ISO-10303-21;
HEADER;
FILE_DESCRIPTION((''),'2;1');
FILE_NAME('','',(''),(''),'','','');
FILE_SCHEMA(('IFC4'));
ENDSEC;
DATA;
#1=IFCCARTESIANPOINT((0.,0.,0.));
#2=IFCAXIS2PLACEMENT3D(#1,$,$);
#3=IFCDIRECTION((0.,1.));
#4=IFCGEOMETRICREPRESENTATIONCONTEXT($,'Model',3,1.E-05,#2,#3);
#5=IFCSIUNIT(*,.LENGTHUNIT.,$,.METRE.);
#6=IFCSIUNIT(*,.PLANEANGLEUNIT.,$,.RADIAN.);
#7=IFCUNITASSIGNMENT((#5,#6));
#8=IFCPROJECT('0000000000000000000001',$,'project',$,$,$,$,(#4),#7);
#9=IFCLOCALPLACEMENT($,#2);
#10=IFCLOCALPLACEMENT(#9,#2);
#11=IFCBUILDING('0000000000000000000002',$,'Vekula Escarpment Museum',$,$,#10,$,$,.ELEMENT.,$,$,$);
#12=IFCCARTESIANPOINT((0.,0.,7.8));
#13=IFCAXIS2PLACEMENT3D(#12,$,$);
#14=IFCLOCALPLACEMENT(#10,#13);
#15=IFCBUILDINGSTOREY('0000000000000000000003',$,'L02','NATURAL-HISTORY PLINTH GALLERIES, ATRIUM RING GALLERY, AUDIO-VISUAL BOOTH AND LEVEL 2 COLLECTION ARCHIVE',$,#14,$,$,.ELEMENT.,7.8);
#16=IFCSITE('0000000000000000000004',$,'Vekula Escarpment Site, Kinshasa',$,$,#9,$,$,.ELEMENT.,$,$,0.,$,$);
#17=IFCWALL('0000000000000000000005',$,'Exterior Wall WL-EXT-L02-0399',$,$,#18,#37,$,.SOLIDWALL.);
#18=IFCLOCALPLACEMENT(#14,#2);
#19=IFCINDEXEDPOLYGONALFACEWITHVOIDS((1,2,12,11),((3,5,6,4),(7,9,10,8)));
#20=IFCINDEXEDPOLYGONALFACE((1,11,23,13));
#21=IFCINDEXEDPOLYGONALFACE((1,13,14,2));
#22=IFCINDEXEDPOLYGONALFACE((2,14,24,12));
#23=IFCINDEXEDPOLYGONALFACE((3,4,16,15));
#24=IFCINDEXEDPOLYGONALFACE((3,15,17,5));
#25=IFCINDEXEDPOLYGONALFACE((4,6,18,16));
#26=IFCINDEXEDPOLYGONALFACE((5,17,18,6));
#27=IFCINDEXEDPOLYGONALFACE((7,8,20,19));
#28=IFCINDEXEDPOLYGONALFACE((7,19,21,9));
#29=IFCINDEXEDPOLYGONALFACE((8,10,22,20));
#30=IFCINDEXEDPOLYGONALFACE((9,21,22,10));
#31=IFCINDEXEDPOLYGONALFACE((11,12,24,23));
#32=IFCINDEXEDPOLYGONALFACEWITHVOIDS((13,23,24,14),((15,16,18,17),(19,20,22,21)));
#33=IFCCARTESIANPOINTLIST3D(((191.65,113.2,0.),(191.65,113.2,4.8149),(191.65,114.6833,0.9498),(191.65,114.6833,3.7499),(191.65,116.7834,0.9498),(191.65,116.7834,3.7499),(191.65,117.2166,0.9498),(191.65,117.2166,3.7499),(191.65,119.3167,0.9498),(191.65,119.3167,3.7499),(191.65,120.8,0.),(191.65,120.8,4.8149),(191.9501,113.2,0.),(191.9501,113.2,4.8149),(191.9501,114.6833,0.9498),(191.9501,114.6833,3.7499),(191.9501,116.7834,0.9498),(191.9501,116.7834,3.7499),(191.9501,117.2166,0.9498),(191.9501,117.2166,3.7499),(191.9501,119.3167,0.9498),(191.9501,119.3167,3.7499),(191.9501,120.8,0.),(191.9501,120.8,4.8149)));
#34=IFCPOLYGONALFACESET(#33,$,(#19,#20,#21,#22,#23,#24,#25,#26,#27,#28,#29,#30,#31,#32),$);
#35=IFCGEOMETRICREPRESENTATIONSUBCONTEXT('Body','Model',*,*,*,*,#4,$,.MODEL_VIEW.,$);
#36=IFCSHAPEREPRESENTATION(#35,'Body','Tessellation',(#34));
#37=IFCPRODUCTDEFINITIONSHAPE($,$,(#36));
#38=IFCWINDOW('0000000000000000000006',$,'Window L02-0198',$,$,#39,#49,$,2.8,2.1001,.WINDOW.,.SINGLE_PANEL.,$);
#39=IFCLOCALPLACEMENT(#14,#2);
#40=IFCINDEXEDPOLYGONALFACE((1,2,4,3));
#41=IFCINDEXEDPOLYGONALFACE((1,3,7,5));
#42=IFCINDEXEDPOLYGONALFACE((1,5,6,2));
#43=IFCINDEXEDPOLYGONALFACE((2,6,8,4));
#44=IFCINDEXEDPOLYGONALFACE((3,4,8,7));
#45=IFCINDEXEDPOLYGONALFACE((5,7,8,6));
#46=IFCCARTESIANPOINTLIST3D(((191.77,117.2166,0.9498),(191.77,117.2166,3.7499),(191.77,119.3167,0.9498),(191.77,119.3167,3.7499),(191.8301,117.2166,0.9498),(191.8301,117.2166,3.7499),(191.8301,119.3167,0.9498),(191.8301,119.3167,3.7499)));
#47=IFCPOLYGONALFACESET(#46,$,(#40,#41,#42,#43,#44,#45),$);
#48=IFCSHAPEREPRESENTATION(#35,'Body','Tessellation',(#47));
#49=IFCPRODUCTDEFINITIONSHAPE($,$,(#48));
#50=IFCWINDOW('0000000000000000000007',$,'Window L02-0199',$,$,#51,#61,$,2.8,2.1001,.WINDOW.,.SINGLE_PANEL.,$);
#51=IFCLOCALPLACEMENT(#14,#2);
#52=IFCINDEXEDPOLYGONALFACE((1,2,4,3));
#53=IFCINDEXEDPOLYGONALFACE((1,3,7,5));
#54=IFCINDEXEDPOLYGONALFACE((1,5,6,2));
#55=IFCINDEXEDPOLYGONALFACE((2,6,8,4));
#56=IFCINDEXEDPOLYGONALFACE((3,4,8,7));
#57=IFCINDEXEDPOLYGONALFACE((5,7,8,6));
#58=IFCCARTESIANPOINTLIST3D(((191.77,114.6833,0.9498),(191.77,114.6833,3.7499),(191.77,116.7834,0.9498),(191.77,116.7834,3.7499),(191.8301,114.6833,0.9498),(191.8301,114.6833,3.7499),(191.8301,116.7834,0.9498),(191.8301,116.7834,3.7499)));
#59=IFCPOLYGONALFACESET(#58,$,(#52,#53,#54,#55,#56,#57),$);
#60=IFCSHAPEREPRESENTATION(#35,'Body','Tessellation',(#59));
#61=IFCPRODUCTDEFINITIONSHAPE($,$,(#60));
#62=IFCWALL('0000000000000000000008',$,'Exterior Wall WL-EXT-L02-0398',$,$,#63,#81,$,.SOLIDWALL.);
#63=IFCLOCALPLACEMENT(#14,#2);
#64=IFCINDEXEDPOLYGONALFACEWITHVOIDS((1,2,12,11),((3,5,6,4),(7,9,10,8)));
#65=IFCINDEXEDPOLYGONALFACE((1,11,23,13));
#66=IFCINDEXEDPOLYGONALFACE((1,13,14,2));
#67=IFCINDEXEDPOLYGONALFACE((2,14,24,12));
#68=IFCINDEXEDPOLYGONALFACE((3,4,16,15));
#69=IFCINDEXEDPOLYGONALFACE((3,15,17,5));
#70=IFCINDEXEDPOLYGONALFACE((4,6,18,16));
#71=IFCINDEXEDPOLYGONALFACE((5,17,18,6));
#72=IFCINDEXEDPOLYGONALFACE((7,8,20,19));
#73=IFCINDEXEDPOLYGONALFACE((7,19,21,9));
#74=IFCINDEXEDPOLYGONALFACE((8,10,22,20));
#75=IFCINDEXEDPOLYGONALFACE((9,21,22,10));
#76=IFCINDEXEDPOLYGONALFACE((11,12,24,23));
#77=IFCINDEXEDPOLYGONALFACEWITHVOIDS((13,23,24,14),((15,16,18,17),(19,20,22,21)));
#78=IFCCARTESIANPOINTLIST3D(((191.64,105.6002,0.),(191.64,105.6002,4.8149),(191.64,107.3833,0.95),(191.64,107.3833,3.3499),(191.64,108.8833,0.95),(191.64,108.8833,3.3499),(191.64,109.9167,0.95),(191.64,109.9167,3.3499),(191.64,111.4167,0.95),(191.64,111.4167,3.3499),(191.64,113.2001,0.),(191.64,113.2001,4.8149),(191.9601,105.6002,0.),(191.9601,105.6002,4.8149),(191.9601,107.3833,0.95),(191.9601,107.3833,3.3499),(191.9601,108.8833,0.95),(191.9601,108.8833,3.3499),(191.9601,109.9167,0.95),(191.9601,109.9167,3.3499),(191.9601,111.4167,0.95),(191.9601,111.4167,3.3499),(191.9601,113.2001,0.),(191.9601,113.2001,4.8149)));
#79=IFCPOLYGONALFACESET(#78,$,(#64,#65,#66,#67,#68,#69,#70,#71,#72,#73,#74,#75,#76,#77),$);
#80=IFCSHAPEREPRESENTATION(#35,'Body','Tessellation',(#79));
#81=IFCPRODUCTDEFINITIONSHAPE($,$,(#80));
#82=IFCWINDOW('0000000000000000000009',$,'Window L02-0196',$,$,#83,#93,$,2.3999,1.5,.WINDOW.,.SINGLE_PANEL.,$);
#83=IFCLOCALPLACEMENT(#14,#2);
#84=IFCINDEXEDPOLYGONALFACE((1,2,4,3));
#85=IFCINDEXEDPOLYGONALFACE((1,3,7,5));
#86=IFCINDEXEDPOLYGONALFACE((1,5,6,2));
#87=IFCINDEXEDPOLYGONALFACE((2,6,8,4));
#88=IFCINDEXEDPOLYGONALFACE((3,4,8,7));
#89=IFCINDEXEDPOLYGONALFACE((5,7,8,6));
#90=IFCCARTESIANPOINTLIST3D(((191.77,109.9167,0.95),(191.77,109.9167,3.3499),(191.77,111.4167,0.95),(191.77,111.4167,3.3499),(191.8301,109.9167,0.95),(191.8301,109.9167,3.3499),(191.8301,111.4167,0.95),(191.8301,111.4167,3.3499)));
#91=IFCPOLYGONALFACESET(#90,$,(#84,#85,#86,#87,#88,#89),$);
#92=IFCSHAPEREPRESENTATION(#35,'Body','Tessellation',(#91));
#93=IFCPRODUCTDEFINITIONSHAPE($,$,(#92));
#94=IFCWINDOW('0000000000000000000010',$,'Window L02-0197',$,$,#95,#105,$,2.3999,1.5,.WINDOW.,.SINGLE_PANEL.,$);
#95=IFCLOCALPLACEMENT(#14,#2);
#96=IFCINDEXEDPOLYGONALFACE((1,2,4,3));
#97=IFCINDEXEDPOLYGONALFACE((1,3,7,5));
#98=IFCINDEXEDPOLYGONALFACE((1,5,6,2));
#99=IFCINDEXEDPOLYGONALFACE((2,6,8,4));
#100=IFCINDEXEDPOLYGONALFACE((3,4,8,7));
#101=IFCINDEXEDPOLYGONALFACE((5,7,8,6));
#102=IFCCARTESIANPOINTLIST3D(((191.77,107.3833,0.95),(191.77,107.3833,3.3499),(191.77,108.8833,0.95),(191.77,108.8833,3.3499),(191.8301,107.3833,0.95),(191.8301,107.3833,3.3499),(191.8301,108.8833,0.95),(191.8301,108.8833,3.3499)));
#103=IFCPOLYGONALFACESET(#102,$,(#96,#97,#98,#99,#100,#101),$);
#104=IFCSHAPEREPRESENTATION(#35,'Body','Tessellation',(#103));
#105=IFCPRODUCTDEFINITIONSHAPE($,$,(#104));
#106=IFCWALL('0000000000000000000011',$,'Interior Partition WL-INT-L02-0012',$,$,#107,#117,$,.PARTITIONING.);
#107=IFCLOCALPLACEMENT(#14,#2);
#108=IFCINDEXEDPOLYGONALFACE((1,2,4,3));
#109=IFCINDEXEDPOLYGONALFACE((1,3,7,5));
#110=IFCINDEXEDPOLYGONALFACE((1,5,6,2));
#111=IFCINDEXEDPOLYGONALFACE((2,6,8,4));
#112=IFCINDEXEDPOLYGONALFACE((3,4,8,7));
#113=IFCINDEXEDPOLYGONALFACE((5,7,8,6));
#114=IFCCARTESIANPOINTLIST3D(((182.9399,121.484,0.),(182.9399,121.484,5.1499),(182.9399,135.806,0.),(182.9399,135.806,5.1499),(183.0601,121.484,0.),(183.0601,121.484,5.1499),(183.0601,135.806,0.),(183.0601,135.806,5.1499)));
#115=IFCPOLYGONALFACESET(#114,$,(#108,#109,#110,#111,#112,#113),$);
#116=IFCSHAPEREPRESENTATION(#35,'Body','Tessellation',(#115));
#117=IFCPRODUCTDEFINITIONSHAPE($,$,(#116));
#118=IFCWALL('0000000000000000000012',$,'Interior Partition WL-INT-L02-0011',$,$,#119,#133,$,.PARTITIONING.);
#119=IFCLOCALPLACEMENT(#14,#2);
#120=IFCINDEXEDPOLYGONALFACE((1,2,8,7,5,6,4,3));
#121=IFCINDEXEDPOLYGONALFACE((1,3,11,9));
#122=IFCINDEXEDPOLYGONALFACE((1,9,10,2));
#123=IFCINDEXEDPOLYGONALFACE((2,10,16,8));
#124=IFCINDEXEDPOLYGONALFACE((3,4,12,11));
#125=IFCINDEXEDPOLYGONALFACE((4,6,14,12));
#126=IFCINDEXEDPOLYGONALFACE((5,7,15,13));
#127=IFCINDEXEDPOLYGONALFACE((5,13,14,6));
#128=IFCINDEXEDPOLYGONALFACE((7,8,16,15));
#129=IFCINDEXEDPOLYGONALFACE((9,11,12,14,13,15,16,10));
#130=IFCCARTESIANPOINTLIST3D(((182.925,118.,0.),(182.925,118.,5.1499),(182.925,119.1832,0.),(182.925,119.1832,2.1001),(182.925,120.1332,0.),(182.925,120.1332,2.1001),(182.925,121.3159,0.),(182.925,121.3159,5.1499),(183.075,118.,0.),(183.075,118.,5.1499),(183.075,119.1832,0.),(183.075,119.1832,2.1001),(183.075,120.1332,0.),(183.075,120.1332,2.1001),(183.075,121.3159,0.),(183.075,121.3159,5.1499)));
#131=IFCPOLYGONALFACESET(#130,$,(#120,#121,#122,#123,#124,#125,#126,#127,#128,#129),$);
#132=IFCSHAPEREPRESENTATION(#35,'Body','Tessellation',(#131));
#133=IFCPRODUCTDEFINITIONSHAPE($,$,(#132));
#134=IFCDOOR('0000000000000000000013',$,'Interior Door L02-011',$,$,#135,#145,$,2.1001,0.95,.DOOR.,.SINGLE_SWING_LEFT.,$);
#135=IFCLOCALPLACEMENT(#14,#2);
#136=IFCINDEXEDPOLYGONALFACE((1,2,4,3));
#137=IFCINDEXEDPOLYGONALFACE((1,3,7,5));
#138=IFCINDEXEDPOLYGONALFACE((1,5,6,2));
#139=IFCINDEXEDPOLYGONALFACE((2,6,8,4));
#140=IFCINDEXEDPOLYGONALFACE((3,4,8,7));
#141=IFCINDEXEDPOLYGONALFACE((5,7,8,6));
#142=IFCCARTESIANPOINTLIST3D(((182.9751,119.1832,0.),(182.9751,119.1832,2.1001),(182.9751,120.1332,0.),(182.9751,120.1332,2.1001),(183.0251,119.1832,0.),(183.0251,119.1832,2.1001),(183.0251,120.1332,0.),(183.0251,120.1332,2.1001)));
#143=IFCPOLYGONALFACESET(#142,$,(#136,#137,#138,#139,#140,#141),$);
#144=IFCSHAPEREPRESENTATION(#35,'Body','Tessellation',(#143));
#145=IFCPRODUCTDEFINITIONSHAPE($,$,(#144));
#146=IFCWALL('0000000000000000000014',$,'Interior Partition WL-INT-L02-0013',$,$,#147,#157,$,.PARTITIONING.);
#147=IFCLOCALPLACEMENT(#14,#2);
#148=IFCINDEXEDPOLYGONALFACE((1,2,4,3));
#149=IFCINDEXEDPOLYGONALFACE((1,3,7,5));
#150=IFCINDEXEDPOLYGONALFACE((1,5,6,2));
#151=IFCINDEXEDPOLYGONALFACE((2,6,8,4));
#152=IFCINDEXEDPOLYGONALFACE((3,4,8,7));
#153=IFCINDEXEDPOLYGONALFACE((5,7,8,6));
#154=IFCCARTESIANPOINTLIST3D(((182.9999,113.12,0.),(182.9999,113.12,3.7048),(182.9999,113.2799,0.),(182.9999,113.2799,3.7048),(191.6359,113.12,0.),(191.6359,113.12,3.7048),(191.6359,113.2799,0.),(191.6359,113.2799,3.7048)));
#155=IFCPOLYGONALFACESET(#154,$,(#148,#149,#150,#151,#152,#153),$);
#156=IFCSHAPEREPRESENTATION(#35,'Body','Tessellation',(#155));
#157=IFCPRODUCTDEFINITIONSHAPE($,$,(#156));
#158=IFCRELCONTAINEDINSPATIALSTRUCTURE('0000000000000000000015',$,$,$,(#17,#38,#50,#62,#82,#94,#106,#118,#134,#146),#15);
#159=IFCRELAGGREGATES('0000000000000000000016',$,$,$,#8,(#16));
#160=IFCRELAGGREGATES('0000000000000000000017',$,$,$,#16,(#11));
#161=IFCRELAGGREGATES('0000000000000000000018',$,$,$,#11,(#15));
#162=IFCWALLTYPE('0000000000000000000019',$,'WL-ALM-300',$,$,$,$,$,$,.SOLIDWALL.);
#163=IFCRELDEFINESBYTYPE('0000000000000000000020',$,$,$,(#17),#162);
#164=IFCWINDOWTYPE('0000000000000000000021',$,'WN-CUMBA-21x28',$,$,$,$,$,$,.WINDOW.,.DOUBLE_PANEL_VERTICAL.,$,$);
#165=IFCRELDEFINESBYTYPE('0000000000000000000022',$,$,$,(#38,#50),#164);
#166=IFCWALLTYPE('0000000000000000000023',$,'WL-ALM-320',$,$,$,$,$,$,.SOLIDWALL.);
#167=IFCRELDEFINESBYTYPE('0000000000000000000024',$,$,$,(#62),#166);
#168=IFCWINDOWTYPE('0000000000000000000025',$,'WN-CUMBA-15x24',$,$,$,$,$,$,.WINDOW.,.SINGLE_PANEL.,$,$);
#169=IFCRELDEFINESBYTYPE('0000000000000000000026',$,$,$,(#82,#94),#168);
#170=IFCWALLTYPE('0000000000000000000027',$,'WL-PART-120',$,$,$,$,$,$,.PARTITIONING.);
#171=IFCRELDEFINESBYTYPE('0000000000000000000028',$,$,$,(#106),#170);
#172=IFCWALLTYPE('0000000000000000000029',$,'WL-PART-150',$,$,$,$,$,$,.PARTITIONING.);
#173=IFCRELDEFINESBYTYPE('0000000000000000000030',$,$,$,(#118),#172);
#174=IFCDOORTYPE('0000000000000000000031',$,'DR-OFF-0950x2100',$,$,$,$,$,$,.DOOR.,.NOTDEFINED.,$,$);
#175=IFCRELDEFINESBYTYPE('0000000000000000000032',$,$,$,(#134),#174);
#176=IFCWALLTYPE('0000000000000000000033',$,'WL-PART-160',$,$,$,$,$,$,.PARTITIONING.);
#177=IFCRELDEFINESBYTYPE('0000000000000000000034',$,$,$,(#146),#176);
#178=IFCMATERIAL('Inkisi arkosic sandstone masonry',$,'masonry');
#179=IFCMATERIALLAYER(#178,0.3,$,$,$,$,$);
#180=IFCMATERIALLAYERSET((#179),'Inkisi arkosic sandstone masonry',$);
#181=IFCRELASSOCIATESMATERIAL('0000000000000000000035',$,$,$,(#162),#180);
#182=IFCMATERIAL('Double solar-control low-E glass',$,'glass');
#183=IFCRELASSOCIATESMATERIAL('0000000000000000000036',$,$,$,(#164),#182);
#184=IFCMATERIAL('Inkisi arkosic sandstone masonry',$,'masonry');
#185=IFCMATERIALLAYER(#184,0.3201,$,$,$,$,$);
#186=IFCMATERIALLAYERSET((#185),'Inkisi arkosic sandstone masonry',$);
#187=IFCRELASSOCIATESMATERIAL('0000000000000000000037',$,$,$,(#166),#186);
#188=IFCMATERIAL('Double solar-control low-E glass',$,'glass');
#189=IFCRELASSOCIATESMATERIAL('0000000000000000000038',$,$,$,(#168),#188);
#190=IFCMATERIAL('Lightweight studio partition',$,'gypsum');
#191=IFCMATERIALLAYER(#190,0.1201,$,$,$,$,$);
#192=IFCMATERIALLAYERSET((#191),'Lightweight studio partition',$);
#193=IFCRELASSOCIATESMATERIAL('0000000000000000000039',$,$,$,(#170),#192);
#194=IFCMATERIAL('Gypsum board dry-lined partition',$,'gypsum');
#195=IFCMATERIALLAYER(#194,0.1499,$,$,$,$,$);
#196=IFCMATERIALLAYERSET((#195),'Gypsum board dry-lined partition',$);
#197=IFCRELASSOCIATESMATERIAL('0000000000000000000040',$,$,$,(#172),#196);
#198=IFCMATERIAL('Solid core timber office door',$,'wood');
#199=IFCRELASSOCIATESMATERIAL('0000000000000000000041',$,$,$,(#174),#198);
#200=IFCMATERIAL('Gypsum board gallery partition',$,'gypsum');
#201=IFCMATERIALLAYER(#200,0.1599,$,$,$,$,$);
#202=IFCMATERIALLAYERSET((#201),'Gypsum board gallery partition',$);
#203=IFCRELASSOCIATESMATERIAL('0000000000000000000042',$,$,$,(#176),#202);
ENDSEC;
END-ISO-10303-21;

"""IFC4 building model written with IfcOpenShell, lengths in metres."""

from ifc_helpers import new_model, si_unit, direction, frame, frame_2d, origin, place, context, subcontext, project, spatial, rectangle, extrude, material, layer, layer_set, type_object, element, fill, save


model = new_model("IFC4")

# Units and contexts
model_context = context("Model", 3, precision=1e-05, world=origin(), true_north=direction((0.0, 1.0)))
body_context = subcontext(model_context, "Body", "Model", "MODEL_VIEW")
ifc_project = project(units=[si_unit("LENGTHUNIT", "METRE"), si_unit("PLANEANGLEUNIT", "RADIAN")], contexts=[model_context])

# Site, building, storey
site_placement = place(None, origin())
site = spatial("IfcSite", under=ifc_project, at=site_placement, Name="Vekula Escarpment Site, Kinshasa", CompositionType="ELEMENT", RefElevation=0.0)
building_placement = place(site_placement, origin())
building = spatial("IfcBuilding", under=site, at=building_placement, Name="Vekula Escarpment Museum", CompositionType="ELEMENT")
storey_placement = place(building_placement, frame((0.0, 0.0, 7.8)))
storey = spatial("IfcBuildingStorey", under=building, at=storey_placement, Name="L02", Description="NATURAL-HISTORY PLINTH GALLERIES, ATRIUM RING GALLERY, AUDIO-VISUAL BOOTH AND LEVEL 2 COLLECTION ARCHIVE", CompositionType="ELEMENT", Elevation=7.8)

# Walls, openings, windows
ifc_material_1 = material(Name="Inkisi arkosic sandstone masonry", Category="masonry")
ifc_layer_1 = layer(ifc_material_1, 0.3)
ifc_layer_set_1 = layer_set([ifc_layer_1], Name="Inkisi arkosic sandstone masonry")
wall_type_1 = type_object("IfcWallType", Name="WL-ALM-300", PredefinedType="SOLIDWALL", material=ifc_layer_set_1)
wall_1_placement = place(storey_placement, frame((191.8, 120.8, 0.0), z_axis=(0.0, 0.0, 1.0), x_axis=(0.0, -1.0, 0.0)))
wall_1 = element("IfcWall", 1, at=wall_1_placement, inside=storey, type_object=wall_type_1, Name="Exterior Wall WL-EXT-L02-0399", PredefinedType="SOLIDWALL", context=body_context, shape_type="SweptSolid", body=[
    extrude(rectangle(XDim=7.6001, YDim=0.3, at=frame_2d((3.8, 0.0))), origin(), (0.0, 0.0, 1.0), 4.8149),
])
opening_1_placement = place(wall_1_placement, frame((1.4834, 0.0, 0.95)))
opening_1 = element("IfcOpeningElement", 2, at=opening_1_placement, cuts=wall_1, PredefinedType="OPENING", context=body_context, shape_type="SweptSolid", body=[
    extrude(rectangle(XDim=2.1001, YDim=2.8, at=frame_2d((1.05, 1.3999))), frame((0.0, 0.1599, 0.0), z_axis=(0.0, -1.0, 0.0), x_axis=(1.0, 0.0, 0.0)), (0.0, 0.0, 1.0), 0.3201),
])
opening_2_placement = place(wall_1_placement, frame((4.0166, 0.0, 0.95)))
opening_2 = element("IfcOpeningElement", 3, at=opening_2_placement, cuts=wall_1, PredefinedType="OPENING", context=body_context, shape_type="SweptSolid", body=[
    extrude(rectangle(XDim=2.1001, YDim=2.8, at=frame_2d((1.05, 1.3999))), frame((0.0, 0.1599, 0.0), z_axis=(0.0, -1.0, 0.0), x_axis=(1.0, 0.0, 0.0)), (0.0, 0.0, 1.0), 0.3201),
])
ifc_material_2 = material(Name="Double solar-control low-E glass", Category="glass")
window_type_1 = type_object("IfcWindowType", Name="WN-CUMBA-21x28", PartitioningType="DOUBLE_PANEL_VERTICAL", PredefinedType="WINDOW", material=ifc_material_2)
window_1_placement = place(opening_1_placement, origin())
window_1 = element("IfcWindow", 4, at=window_1_placement, inside=storey, type_object=window_type_1, Name="Window L02-0198", OverallHeight=2.8, OverallWidth=2.1001, PartitioningType="SINGLE_PANEL", PredefinedType="WINDOW", context=body_context, shape_type="SweptSolid", body=[
    extrude(rectangle(XDim=2.1001, YDim=2.8, at=frame_2d((1.05, 1.3999))), frame((0.0, 0.03, 0.0), z_axis=(0.0, -1.0, 0.0), x_axis=(1.0, 0.0, 0.0)), (0.0, 0.0, 1.0), 0.0601),
])
fill(opening_1, window_1)
window_2_placement = place(opening_2_placement, origin())
window_2 = element("IfcWindow", 5, at=window_2_placement, inside=storey, type_object=window_type_1, Name="Window L02-0199", OverallHeight=2.8, OverallWidth=2.1001, PartitioningType="SINGLE_PANEL", PredefinedType="WINDOW", context=body_context, shape_type="SweptSolid", body=[
    extrude(rectangle(XDim=2.1001, YDim=2.8, at=frame_2d((1.05, 1.3999))), frame((0.0, 0.03, 0.0), z_axis=(0.0, -1.0, 0.0), x_axis=(1.0, 0.0, 0.0)), (0.0, 0.0, 1.0), 0.0601),
])
fill(opening_2, window_2)
ifc_material_3 = material(Name="Inkisi arkosic sandstone masonry", Category="masonry")
ifc_layer_2 = layer(ifc_material_3, 0.3201)
ifc_layer_set_2 = layer_set([ifc_layer_2], Name="Inkisi arkosic sandstone masonry")
wall_type_2 = type_object("IfcWallType", Name="WL-ALM-320", PredefinedType="SOLIDWALL", material=ifc_layer_set_2)
wall_2_placement = place(storey_placement, frame((191.8, 113.2, 0.0), z_axis=(0.0, 0.0, 1.0), x_axis=(0.0, -1.0, 0.0)))
wall_2 = element("IfcWall", 6, at=wall_2_placement, inside=storey, type_object=wall_type_2, Name="Exterior Wall WL-EXT-L02-0398", PredefinedType="SOLIDWALL", context=body_context, shape_type="SweptSolid", body=[
    extrude(rectangle(XDim=7.5999, YDim=0.3201, at=frame_2d((3.7998, 0.0))), origin(), (0.0, 0.0, 1.0), 4.8149),
])
opening_3_placement = place(wall_2_placement, frame((1.7832, 0.0, 0.95)))
opening_3 = element("IfcOpeningElement", 7, at=opening_3_placement, cuts=wall_2, PredefinedType="OPENING", context=body_context, shape_type="SweptSolid", body=[
    extrude(rectangle(XDim=1.5, YDim=2.3999, at=frame_2d((0.75, 1.2))), frame((0.0, 0.1699, 0.0), z_axis=(0.0, -1.0, 0.0), x_axis=(1.0, 0.0, 0.0)), (0.0, 0.0, 1.0), 0.3401),
])
opening_4_placement = place(wall_2_placement, frame((4.3167, 0.0, 0.95)))
opening_4 = element("IfcOpeningElement", 8, at=opening_4_placement, cuts=wall_2, PredefinedType="OPENING", context=body_context, shape_type="SweptSolid", body=[
    extrude(rectangle(XDim=1.5, YDim=2.3999, at=frame_2d((0.75, 1.2))), frame((0.0, 0.1699, 0.0), z_axis=(0.0, -1.0, 0.0), x_axis=(1.0, 0.0, 0.0)), (0.0, 0.0, 1.0), 0.3401),
])
ifc_material_4 = material(Name="Double solar-control low-E glass", Category="glass")
window_type_2 = type_object("IfcWindowType", Name="WN-CUMBA-15x24", PartitioningType="SINGLE_PANEL", PredefinedType="WINDOW", material=ifc_material_4)
window_3_placement = place(opening_3_placement, origin())
window_3 = element("IfcWindow", 9, at=window_3_placement, inside=storey, type_object=window_type_2, Name="Window L02-0196", OverallHeight=2.3999, OverallWidth=1.5, PartitioningType="SINGLE_PANEL", PredefinedType="WINDOW", context=body_context, shape_type="SweptSolid", body=[
    extrude(rectangle(XDim=1.5, YDim=2.3999, at=frame_2d((0.75, 1.2))), frame((0.0, 0.03, 0.0), z_axis=(0.0, -1.0, 0.0), x_axis=(1.0, 0.0, 0.0)), (0.0, 0.0, 1.0), 0.0601),
])
fill(opening_3, window_3)
window_4_placement = place(opening_4_placement, origin())
window_4 = element("IfcWindow", 10, at=window_4_placement, inside=storey, type_object=window_type_2, Name="Window L02-0197", OverallHeight=2.3999, OverallWidth=1.5, PartitioningType="SINGLE_PANEL", PredefinedType="WINDOW", context=body_context, shape_type="SweptSolid", body=[
    extrude(rectangle(XDim=1.5, YDim=2.3999, at=frame_2d((0.75, 1.2))), frame((0.0, 0.03, 0.0), z_axis=(0.0, -1.0, 0.0), x_axis=(1.0, 0.0, 0.0)), (0.0, 0.0, 1.0), 0.0601),
])
fill(opening_4, window_4)

# Wall
ifc_material_5 = material(Name="Lightweight studio partition", Category="gypsum")
ifc_layer_3 = layer(ifc_material_5, 0.1201)
ifc_layer_set_3 = layer_set([ifc_layer_3], Name="Lightweight studio partition")
wall_type_3 = type_object("IfcWallType", Name="WL-PART-120", PredefinedType="PARTITIONING", material=ifc_layer_set_3)
wall_3_placement = place(storey_placement, frame((183.0, 121.4839, 0.0), z_axis=(0.0, 0.0, 1.0), x_axis=(0.0, 1.0, 0.0)))
element("IfcWall", 11, at=wall_3_placement, inside=storey, type_object=wall_type_3, Name="Interior Partition WL-INT-L02-0012", PredefinedType="PARTITIONING", context=body_context, shape_type="SweptSolid", body=[
    extrude(rectangle(XDim=14.322, YDim=0.1201, at=frame_2d((7.1611, 0.0))), origin(), (0.0, 0.0, 1.0), 5.1499),
])

# Wall, opening, door
ifc_material_6 = material(Name="Gypsum board dry-lined partition", Category="gypsum")
ifc_layer_4 = layer(ifc_material_6, 0.1499)
ifc_layer_set_4 = layer_set([ifc_layer_4], Name="Gypsum board dry-lined partition")
wall_type_4 = type_object("IfcWallType", Name="WL-PART-150", PredefinedType="PARTITIONING", material=ifc_layer_set_4)
wall_4_placement = place(storey_placement, frame((183.0, 118.0, 0.0), z_axis=(0.0, 0.0, 1.0), x_axis=(0.0, 1.0, 0.0)))
wall_4 = element("IfcWall", 12, at=wall_4_placement, inside=storey, type_object=wall_type_4, Name="Interior Partition WL-INT-L02-0011", PredefinedType="PARTITIONING", context=body_context, shape_type="SweptSolid", body=[
    extrude(rectangle(XDim=3.3159, YDim=0.1499, at=frame_2d((1.658, 0.0))), origin(), (0.0, 0.0, 1.0), 5.1499),
])
opening_5_placement = place(wall_4_placement, frame((1.1831, 0.0, 0.0)))
opening_5 = element("IfcOpeningElement", 13, at=opening_5_placement, cuts=wall_4, PredefinedType="OPENING", context=body_context, shape_type="SweptSolid", body=[
    extrude(rectangle(XDim=0.95, YDim=2.1001, at=frame_2d((0.4751, 1.05))), frame((0.0, 0.085, 0.0), z_axis=(0.0, -1.0, 0.0), x_axis=(1.0, 0.0, 0.0)), (0.0, 0.0, 1.0), 0.1699),
])
ifc_material_7 = material(Name="Solid core timber office door", Category="wood")
door_type = type_object("IfcDoorType", Name="DR-OFF-0950x2100", OperationType="NOTDEFINED", PredefinedType="DOOR", material=ifc_material_7)
door_placement = place(opening_5_placement, origin())
door = element("IfcDoor", 14, at=door_placement, inside=storey, type_object=door_type, Name="Interior Door L02-011", OperationType="SINGLE_SWING_LEFT", OverallHeight=2.1001, OverallWidth=0.95, PredefinedType="DOOR", context=body_context, shape_type="SweptSolid", body=[
    extrude(rectangle(XDim=0.95, YDim=2.1001, at=frame_2d((0.4751, 1.05))), frame((0.0, 0.0249, 0.0), z_axis=(0.0, -1.0, 0.0), x_axis=(1.0, 0.0, 0.0)), (0.0, 0.0, 1.0), 0.05),
])
fill(opening_5, door)

# Wall
ifc_material_8 = material(Name="Gypsum board gallery partition", Category="gypsum")
ifc_layer_5 = layer(ifc_material_8, 0.1599)
ifc_layer_set_5 = layer_set([ifc_layer_5], Name="Gypsum board gallery partition")
wall_type_5 = type_object("IfcWallType", Name="WL-PART-160", PredefinedType="PARTITIONING", material=ifc_layer_set_5)
wall_5_placement = place(storey_placement, frame((183.0, 113.2, 0.0), z_axis=(0.0, 0.0, 1.0), x_axis=(1.0, 0.0, 0.0)))
element("IfcWall", 15, at=wall_5_placement, inside=storey, type_object=wall_type_5, Name="Interior Partition WL-INT-L02-0013", PredefinedType="PARTITIONING", context=body_context, shape_type="SweptSolid", body=[
    extrude(rectangle(XDim=8.636, YDim=0.1599, at=frame_2d((4.3179, 0.0))), origin(), (0.0, 0.0, 1.0), 3.7048),
])

save(model, "model.ifc")
